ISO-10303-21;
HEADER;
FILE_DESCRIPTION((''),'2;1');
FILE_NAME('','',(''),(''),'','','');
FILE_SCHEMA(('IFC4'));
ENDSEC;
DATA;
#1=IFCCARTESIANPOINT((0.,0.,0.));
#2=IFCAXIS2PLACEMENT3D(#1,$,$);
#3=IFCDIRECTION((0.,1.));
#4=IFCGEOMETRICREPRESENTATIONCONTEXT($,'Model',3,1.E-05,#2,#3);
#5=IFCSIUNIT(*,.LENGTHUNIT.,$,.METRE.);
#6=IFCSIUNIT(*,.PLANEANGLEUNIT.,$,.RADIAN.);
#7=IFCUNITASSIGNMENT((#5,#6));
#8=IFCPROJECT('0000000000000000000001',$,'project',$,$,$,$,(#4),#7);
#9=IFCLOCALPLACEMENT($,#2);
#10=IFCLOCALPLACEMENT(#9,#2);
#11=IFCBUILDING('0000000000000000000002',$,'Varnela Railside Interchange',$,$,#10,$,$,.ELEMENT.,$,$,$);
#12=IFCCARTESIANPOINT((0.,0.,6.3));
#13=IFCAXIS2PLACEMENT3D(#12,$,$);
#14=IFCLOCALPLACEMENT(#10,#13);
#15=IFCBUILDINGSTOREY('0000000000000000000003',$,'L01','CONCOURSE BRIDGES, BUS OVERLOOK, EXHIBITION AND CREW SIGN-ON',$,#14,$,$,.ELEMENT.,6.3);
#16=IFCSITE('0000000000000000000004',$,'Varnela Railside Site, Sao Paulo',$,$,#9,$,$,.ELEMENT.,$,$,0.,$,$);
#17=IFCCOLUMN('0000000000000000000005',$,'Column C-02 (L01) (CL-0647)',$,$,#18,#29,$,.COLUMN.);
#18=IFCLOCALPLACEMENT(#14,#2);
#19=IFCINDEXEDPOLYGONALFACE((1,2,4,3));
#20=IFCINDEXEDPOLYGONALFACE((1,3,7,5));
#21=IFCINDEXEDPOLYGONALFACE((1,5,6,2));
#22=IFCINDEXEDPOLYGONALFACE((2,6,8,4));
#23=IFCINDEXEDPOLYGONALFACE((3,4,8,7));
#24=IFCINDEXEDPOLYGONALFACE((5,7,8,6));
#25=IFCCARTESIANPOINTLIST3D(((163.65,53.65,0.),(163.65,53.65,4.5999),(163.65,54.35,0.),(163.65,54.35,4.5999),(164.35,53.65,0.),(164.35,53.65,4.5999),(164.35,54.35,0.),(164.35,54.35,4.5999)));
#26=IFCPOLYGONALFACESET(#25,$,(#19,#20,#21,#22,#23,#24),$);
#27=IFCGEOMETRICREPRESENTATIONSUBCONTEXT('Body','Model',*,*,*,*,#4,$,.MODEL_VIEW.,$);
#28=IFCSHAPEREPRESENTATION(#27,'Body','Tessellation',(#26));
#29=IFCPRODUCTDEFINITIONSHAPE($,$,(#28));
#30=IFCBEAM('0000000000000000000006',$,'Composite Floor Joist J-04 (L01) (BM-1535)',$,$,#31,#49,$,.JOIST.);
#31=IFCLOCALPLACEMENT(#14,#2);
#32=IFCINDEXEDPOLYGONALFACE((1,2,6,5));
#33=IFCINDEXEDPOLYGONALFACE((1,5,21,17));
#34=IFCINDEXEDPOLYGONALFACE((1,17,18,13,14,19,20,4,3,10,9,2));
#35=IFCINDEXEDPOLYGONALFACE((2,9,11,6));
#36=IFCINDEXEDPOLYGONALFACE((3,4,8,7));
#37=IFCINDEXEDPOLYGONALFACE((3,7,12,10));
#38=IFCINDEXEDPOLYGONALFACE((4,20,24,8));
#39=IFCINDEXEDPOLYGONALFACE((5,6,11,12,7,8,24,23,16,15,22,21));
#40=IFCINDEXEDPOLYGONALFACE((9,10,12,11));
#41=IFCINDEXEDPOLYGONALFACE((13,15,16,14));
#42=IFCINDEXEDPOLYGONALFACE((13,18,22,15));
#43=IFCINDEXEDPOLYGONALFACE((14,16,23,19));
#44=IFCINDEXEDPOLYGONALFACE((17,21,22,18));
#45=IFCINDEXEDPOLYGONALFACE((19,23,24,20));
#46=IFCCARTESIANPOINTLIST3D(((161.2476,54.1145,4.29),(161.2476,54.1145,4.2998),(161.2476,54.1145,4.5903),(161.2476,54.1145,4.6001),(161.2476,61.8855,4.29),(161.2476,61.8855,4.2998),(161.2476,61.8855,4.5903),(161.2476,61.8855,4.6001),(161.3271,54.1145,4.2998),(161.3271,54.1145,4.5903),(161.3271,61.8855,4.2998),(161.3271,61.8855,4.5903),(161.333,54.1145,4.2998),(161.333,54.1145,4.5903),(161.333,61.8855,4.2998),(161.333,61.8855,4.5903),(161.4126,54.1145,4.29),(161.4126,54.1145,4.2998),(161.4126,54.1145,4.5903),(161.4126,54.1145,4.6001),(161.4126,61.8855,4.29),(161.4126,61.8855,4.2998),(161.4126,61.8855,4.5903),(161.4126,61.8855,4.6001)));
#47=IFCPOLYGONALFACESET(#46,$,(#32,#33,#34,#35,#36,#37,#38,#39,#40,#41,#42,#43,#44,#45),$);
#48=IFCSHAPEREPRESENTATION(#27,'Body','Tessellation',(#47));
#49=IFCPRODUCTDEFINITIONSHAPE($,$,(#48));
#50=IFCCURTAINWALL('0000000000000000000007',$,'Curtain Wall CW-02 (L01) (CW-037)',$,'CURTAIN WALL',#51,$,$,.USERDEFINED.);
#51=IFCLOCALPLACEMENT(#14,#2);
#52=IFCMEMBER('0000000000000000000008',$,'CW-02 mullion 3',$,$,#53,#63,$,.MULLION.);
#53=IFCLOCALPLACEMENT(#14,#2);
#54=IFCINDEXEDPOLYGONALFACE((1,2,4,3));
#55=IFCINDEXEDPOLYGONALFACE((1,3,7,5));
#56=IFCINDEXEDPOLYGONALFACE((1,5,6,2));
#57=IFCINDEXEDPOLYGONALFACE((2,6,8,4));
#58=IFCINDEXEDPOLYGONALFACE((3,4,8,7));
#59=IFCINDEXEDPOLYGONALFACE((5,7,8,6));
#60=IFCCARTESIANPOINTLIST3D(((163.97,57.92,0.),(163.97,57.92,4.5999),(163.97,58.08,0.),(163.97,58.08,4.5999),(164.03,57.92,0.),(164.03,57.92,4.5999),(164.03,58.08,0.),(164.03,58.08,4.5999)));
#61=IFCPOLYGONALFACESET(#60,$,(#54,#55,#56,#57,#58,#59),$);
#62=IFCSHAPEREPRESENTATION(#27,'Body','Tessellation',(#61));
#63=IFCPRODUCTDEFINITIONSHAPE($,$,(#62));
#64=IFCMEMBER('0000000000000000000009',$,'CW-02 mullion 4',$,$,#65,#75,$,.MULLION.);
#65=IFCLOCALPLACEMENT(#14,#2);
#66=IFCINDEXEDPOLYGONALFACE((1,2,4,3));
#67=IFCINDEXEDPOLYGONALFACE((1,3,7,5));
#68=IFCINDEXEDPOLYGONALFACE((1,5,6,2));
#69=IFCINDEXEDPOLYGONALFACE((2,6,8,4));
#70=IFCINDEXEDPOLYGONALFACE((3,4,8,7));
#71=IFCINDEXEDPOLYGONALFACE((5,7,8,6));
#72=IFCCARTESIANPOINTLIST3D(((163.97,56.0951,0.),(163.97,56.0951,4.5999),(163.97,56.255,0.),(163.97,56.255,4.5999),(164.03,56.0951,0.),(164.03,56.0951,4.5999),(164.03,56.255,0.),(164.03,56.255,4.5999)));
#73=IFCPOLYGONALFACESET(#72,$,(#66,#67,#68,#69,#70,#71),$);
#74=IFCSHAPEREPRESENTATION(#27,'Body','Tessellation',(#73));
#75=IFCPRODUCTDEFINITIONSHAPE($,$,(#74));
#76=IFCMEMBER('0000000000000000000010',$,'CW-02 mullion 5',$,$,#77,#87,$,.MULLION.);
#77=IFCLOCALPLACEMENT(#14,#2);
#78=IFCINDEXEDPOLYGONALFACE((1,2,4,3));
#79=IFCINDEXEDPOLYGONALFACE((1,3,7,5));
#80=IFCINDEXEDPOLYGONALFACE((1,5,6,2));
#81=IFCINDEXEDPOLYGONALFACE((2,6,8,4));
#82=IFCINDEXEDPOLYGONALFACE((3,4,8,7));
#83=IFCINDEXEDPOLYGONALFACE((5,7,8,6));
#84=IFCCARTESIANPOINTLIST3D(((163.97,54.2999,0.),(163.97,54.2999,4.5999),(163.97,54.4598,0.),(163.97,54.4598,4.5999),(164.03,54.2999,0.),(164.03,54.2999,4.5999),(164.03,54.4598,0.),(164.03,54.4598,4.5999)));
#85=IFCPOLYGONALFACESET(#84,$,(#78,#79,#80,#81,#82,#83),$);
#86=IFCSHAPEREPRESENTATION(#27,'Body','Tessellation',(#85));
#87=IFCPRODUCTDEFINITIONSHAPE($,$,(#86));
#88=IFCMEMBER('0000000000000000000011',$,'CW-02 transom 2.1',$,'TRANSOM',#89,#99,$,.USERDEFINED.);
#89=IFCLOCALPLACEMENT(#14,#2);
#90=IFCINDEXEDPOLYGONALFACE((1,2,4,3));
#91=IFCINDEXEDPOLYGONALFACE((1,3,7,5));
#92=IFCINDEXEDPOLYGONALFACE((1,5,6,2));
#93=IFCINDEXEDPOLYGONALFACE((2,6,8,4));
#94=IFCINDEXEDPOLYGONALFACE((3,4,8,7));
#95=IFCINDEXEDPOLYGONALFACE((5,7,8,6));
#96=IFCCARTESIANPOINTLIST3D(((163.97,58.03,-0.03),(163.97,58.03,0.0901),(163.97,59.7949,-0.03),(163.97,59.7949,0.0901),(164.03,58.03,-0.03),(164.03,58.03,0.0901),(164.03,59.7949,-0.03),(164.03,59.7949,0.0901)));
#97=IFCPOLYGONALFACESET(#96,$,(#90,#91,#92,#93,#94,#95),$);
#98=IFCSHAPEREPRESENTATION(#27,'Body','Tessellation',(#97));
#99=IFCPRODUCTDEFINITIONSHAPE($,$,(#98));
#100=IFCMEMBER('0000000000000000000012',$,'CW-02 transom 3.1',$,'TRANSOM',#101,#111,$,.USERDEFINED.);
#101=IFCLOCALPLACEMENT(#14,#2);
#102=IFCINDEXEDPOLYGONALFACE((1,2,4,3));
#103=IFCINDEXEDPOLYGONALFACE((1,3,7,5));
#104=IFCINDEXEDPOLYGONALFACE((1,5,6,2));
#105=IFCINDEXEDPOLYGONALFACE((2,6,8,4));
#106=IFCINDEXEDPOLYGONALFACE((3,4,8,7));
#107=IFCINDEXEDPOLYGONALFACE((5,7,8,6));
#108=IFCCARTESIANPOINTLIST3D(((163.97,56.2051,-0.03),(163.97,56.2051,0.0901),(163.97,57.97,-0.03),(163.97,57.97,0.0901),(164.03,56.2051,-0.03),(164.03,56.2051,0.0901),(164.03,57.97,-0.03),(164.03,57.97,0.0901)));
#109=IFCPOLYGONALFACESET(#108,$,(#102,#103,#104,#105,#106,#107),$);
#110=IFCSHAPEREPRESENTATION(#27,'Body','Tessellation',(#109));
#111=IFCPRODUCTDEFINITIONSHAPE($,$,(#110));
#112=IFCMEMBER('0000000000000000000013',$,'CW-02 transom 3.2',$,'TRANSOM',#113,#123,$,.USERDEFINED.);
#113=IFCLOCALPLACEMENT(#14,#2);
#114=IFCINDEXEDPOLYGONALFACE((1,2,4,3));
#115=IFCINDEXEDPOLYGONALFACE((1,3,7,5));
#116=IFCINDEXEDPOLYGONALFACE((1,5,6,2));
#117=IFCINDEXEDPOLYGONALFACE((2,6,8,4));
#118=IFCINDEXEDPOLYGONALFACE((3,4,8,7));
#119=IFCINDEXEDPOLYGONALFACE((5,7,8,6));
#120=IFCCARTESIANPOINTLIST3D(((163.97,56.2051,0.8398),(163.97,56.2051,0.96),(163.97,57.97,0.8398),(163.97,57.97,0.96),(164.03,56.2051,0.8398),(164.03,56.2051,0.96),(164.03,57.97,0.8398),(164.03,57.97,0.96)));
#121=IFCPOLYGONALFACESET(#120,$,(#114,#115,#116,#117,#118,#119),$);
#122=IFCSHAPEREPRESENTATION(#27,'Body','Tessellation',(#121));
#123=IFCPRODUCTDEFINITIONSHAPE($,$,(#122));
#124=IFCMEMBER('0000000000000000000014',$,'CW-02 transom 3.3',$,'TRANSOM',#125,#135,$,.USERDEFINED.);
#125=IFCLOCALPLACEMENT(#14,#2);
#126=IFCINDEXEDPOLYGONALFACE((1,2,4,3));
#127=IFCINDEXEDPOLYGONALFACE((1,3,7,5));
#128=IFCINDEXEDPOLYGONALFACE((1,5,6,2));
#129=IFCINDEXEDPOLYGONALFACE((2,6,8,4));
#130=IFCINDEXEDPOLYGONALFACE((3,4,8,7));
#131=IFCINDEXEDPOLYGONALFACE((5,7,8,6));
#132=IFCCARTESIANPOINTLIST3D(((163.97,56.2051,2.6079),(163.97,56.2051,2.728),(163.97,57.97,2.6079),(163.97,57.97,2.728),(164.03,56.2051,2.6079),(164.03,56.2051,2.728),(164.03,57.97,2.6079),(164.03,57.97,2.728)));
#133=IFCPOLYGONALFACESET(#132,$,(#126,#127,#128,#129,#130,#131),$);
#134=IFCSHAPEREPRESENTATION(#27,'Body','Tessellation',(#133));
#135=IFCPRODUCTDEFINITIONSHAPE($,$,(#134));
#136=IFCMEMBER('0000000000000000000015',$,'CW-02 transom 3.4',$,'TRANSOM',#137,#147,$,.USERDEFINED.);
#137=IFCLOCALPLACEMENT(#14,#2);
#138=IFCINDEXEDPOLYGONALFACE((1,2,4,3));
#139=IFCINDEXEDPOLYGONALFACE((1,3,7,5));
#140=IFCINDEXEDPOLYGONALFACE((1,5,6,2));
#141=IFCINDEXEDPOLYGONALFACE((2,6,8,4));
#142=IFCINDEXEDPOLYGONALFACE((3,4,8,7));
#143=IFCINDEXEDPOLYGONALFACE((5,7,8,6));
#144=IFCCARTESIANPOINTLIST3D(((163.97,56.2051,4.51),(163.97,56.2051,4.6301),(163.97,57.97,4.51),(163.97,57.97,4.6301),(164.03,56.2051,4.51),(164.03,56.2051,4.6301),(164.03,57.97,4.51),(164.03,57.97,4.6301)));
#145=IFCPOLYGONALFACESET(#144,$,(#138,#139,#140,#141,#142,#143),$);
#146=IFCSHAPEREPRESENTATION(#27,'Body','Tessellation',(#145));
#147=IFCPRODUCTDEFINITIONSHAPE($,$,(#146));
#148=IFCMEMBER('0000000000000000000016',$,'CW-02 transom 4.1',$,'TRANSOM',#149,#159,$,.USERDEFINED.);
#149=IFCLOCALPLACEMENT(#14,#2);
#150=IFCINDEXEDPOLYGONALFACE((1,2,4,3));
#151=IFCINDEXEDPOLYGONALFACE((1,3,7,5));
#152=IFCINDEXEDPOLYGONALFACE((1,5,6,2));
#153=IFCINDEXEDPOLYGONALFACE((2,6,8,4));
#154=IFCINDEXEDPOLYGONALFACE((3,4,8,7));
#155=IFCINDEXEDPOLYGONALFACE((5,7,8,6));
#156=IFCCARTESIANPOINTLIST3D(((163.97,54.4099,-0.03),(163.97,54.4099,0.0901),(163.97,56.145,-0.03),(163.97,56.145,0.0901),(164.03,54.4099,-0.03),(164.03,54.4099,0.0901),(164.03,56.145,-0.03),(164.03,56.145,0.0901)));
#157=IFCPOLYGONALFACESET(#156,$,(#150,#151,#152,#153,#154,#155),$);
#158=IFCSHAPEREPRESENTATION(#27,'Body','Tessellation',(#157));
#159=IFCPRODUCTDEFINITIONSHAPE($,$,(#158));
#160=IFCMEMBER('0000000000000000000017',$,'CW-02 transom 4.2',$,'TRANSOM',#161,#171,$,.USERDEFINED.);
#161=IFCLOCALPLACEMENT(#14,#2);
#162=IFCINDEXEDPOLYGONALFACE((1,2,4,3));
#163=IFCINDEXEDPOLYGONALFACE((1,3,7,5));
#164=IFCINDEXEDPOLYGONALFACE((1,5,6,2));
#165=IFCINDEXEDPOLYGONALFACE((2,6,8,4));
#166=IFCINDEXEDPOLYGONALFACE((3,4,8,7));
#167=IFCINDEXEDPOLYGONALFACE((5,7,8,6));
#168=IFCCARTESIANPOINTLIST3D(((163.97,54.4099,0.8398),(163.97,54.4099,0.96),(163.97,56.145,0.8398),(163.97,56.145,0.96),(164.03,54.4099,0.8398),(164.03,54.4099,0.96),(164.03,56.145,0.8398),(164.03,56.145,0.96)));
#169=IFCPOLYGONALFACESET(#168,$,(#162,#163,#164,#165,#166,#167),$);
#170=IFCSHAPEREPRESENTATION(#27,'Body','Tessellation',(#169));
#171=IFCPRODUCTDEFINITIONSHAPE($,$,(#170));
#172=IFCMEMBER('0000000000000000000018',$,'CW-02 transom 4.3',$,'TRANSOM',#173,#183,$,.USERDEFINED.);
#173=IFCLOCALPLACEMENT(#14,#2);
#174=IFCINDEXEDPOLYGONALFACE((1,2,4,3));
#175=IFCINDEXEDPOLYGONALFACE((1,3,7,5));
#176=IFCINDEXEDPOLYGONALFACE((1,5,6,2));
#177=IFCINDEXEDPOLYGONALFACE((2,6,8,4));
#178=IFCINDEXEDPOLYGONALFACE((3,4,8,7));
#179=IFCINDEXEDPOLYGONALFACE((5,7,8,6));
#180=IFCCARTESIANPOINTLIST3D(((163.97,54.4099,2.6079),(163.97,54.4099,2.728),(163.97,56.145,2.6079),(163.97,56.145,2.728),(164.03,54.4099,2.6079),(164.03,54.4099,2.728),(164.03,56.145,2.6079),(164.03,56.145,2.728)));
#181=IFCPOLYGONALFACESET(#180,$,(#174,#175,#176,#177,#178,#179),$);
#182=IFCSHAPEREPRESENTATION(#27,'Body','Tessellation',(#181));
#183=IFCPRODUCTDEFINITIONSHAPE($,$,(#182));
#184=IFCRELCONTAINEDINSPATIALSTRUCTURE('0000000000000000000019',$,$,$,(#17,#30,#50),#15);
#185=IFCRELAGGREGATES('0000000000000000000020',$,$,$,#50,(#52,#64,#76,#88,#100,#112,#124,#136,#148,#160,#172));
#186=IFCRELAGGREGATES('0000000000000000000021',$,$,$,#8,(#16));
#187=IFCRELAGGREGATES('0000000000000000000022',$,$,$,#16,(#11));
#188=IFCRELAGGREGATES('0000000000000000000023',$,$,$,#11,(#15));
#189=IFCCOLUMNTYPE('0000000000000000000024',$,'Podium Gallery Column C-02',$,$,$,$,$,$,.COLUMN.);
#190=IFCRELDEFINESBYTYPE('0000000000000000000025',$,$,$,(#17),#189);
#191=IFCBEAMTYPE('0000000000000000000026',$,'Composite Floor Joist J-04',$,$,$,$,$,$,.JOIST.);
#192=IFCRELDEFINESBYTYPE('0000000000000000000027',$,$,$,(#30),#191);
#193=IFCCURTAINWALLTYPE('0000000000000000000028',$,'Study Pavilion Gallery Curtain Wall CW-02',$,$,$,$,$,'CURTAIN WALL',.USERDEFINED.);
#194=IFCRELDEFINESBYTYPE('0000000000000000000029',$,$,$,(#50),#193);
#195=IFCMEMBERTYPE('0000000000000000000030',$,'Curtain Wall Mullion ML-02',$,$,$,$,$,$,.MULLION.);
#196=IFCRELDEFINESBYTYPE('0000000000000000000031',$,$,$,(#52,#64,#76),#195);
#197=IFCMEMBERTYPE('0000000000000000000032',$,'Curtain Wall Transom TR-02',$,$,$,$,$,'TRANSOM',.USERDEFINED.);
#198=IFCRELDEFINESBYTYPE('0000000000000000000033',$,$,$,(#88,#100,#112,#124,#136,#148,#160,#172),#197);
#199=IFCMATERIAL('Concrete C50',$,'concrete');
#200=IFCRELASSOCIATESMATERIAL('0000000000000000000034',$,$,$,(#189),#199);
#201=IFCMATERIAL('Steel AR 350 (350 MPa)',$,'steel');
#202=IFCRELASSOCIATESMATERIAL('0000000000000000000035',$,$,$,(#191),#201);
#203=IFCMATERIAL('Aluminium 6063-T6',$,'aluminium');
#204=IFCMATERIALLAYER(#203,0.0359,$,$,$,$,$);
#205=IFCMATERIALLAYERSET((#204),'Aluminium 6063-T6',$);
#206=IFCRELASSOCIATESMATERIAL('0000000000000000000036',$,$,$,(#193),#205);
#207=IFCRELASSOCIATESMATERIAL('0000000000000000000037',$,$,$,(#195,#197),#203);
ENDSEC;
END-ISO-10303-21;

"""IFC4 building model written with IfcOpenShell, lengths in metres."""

from ifc_helpers import new_model, si_unit, direction, frame, origin, origin_2d, place, context, subcontext, project, spatial, rectangle, i_section, extrude, material, layer, layer_set, material_profile, profile_set, type_object, element, aggregate, save


model = new_model("IFC4")

# Units and contexts
model_context = context("Model", 3, precision=1e-05, world=origin(), true_north=direction((0.0, 1.0)))
body_context = subcontext(model_context, "Body", "Model", "MODEL_VIEW")
ifc_project = project(units=[si_unit("LENGTHUNIT", "METRE"), si_unit("PLANEANGLEUNIT", "RADIAN")], contexts=[model_context])

# Site, building, storey
site_placement = place(None, origin())
site = spatial("IfcSite", under=ifc_project, at=site_placement, Name="Varnela Railside Site, Sao Paulo", CompositionType="ELEMENT", RefElevation=0.0)
building_placement = place(site_placement, origin())
building = spatial("IfcBuilding", under=site, at=building_placement, Name="Varnela Railside Interchange", CompositionType="ELEMENT")
storey_placement = place(building_placement, frame((0.0, 0.0, 6.3)))
storey = spatial("IfcBuildingStorey", under=building, at=storey_placement, Name="L01", Description="CONCOURSE BRIDGES, BUS OVERLOOK, EXHIBITION AND CREW SIGN-ON", CompositionType="ELEMENT", Elevation=6.3)

# Column
ifc_material_1 = material(Name="Concrete C50", Category="concrete")
ifc_material_profile_1 = material_profile(ifc_material_1, rectangle(XDim=0.7, YDim=0.7, at=origin_2d()), Name="RC 700x700")
ifc_profile_set_1 = profile_set([ifc_material_profile_1], Name="Concrete C50")
column_type = type_object("IfcColumnType", Name="Podium Gallery Column C-02", PredefinedType="COLUMN", material=ifc_profile_set_1)
column_placement = place(storey_placement, frame((164.0, 54.0, 0.0), z_axis=(0.0, 0.0, 1.0), x_axis=(1.0, 0.0, 0.0)))
element("IfcColumn", 1, at=column_placement, inside=storey, type_object=column_type, Name="Column C-02 (L01) (CL-0647)", PredefinedType="COLUMN", context=body_context, shape_type="SweptSolid", body=[
    extrude(rectangle(XDim=0.7, YDim=0.7, at=origin_2d()), origin(), (0.0, 0.0, 1.0), 4.5999),
])

# Beam
ifc_material_2 = material(Name="Steel AR 350 (350 MPa)", Category="steel")
ifc_material_profile_2 = material_profile(ifc_material_2, i_section(OverallWidth=0.165, OverallDepth=0.3101, WebThickness=0.0059, FlangeThickness=0.0098, at=origin_2d()), Name="W310x38.7")
ifc_profile_set_2 = profile_set([ifc_material_profile_2], Name="Steel AR 350 (350 MPa)")
beam_type_1 = type_object("IfcBeamType", Name="Composite Floor Joist J-04", PredefinedType="JOIST", material=ifc_profile_set_2)
beam_placement = place(storey_placement, frame((161.3301, 54.1145, 4.4451), z_axis=(0.0, 1.0, 0.0), x_axis=(-1.0, 0.0, 0.0)))
element("IfcBeam", 2, at=beam_placement, inside=storey, type_object=beam_type_1, Name="Composite Floor Joist J-04 (L01) (BM-1535)", PredefinedType="JOIST", context=body_context, shape_type="SweptSolid", body=[
    extrude(i_section(OverallWidth=0.165, OverallDepth=0.3101, WebThickness=0.0059, FlangeThickness=0.0098, at=origin_2d()), origin(), (0.0, 0.0, 1.0), 7.771),
])

# Curtain wall, members
ifc_material_3 = material(Name="Aluminium 6063-T6", Category="aluminium")
ifc_layer_1 = layer(ifc_material_3, 0.0359)
ifc_layer_set_1 = layer_set([ifc_layer_1], Name="Aluminium 6063-T6")
curtain_wall_type = type_object("IfcCurtainWallType", Name="Study Pavilion Gallery Curtain Wall CW-02", ElementType="CURTAIN WALL", PredefinedType="USERDEFINED", material=ifc_layer_set_1)
curtain_wall_placement = place(storey_placement, origin())
curtain_wall = element("IfcCurtainWall", 3, at=curtain_wall_placement, inside=storey, type_object=curtain_wall_type, Name="Curtain Wall CW-02 (L01) (CW-037)", ObjectType="CURTAIN WALL", PredefinedType="USERDEFINED")
ifc_material_profile_3 = material_profile(ifc_material_3, rectangle(XDim=0.0601, YDim=0.1599, at=origin_2d()), Name="ALU 60x160")
ifc_profile_set_3 = profile_set([ifc_material_profile_3], Name="Aluminium 6063-T6")
member_type_1 = type_object("IfcMemberType", Name="Curtain Wall Mullion ML-02", PredefinedType="MULLION", material=ifc_profile_set_3)
member_1_placement = place(storey_placement, frame((164.0, 58.0, 0.0), z_axis=(0.0, 0.0, 1.0), x_axis=(1.0, 0.0, 0.0)))
member_1 = element("IfcMember", 4, at=member_1_placement, type_object=member_type_1, Name="CW-02 mullion 3", PredefinedType="MULLION", context=body_context, shape_type="SweptSolid", body=[
    extrude(rectangle(XDim=0.0601, YDim=0.1599, at=origin_2d()), origin(), (0.0, 0.0, 1.0), 4.5999),
])
member_2_placement = place(storey_placement, frame((164.0, 56.175, 0.0), z_axis=(0.0, 0.0, 1.0), x_axis=(1.0, 0.0, 0.0)))
member_2 = element("IfcMember", 5, at=member_2_placement, type_object=member_type_1, Name="CW-02 mullion 4", PredefinedType="MULLION", context=body_context, shape_type="SweptSolid", body=[
    extrude(rectangle(XDim=0.0601, YDim=0.1599, at=origin_2d()), origin(), (0.0, 0.0, 1.0), 4.5999),
])
member_3_placement = place(storey_placement, frame((164.0, 54.3799, 0.0), z_axis=(0.0, 0.0, 1.0), x_axis=(1.0, 0.0, 0.0)))
member_3 = element("IfcMember", 6, at=member_3_placement, type_object=member_type_1, Name="CW-02 mullion 5", PredefinedType="MULLION", context=body_context, shape_type="SweptSolid", body=[
    extrude(rectangle(XDim=0.0601, YDim=0.1599, at=origin_2d()), origin(), (0.0, 0.0, 1.0), 4.5999),
])
ifc_material_profile_4 = material_profile(ifc_material_3, rectangle(XDim=0.0601, YDim=0.1201, at=origin_2d()), Name="ALU 60x120")
ifc_profile_set_4 = profile_set([ifc_material_profile_4], Name="Aluminium 6063-T6")
member_type_2 = type_object("IfcMemberType", Name="Curtain Wall Transom TR-02", ElementType="TRANSOM", PredefinedType="USERDEFINED", material=ifc_profile_set_4)
member_4_placement = place(storey_placement, frame((164.0, 59.7949, 0.03), z_axis=(0.0, -1.0, 0.0), x_axis=(1.0, 0.0, 0.0)))
member_4 = element("IfcMember", 7, at=member_4_placement, type_object=member_type_2, Name="CW-02 transom 2.1", ObjectType="TRANSOM", PredefinedType="USERDEFINED", context=body_context, shape_type="SweptSolid", body=[
    extrude(rectangle(XDim=0.0601, YDim=0.1201, at=origin_2d()), origin(), (0.0, 0.0, 1.0), 1.7649),
])
member_5_placement = place(storey_placement, frame((164.0, 57.97, 0.03), z_axis=(0.0, -1.0, 0.0), x_axis=(1.0, 0.0, 0.0)))
member_5 = element("IfcMember", 8, at=member_5_placement, type_object=member_type_2, Name="CW-02 transom 3.1", ObjectType="TRANSOM", PredefinedType="USERDEFINED", context=body_context, shape_type="SweptSolid", body=[
    extrude(rectangle(XDim=0.0601, YDim=0.1201, at=origin_2d()), origin(), (0.0, 0.0, 1.0), 1.7649),
])
member_6_placement = place(storey_placement, frame((164.0, 57.97, 0.8999), z_axis=(0.0, -1.0, 0.0), x_axis=(1.0, 0.0, 0.0)))
member_6 = element("IfcMember", 9, at=member_6_placement, type_object=member_type_2, Name="CW-02 transom 3.2", ObjectType="TRANSOM", PredefinedType="USERDEFINED", context=body_context, shape_type="SweptSolid", body=[
    extrude(rectangle(XDim=0.0601, YDim=0.1201, at=origin_2d()), origin(), (0.0, 0.0, 1.0), 1.7649),
])
member_7_placement = place(storey_placement, frame((164.0, 57.97, 2.668), z_axis=(0.0, -1.0, 0.0), x_axis=(1.0, 0.0, 0.0)))
member_7 = element("IfcMember", 10, at=member_7_placement, type_object=member_type_2, Name="CW-02 transom 3.3", ObjectType="TRANSOM", PredefinedType="USERDEFINED", context=body_context, shape_type="SweptSolid", body=[
    extrude(rectangle(XDim=0.0601, YDim=0.1201, at=origin_2d()), origin(), (0.0, 0.0, 1.0), 1.7649),
])
member_8_placement = place(storey_placement, frame((164.0, 57.97, 4.5701), z_axis=(0.0, -1.0, 0.0), x_axis=(1.0, 0.0, 0.0)))
member_8 = element("IfcMember", 11, at=member_8_placement, type_object=member_type_2, Name="CW-02 transom 3.4", ObjectType="TRANSOM", PredefinedType="USERDEFINED", context=body_context, shape_type="SweptSolid", body=[
    extrude(rectangle(XDim=0.0601, YDim=0.1201, at=origin_2d()), origin(), (0.0, 0.0, 1.0), 1.7649),
])
member_9_placement = place(storey_placement, frame((164.0, 56.145, 0.03), z_axis=(0.0, -1.0, 0.0), x_axis=(1.0, 0.0, 0.0)))
member_9 = element("IfcMember", 12, at=member_9_placement, type_object=member_type_2, Name="CW-02 transom 4.1", ObjectType="TRANSOM", PredefinedType="USERDEFINED", context=body_context, shape_type="SweptSolid", body=[
    extrude(rectangle(XDim=0.0601, YDim=0.1201, at=origin_2d()), origin(), (0.0, 0.0, 1.0), 1.7351),
])
member_10_placement = place(storey_placement, frame((164.0, 56.145, 0.8999), z_axis=(0.0, -1.0, 0.0), x_axis=(1.0, 0.0, 0.0)))
member_10 = element("IfcMember", 13, at=member_10_placement, type_object=member_type_2, Name="CW-02 transom 4.2", ObjectType="TRANSOM", PredefinedType="USERDEFINED", context=body_context, shape_type="SweptSolid", body=[
    extrude(rectangle(XDim=0.0601, YDim=0.1201, at=origin_2d()), origin(), (0.0, 0.0, 1.0), 1.7351),
])
member_11_placement = place(storey_placement, frame((164.0, 56.145, 2.668), z_axis=(0.0, -1.0, 0.0), x_axis=(1.0, 0.0, 0.0)))
member_11 = element("IfcMember", 14, at=member_11_placement, type_object=member_type_2, Name="CW-02 transom 4.3", ObjectType="TRANSOM", PredefinedType="USERDEFINED", context=body_context, shape_type="SweptSolid", body=[
    extrude(rectangle(XDim=0.0601, YDim=0.1201, at=origin_2d()), origin(), (0.0, 0.0, 1.0), 1.7351),
])

aggregate(curtain_wall, [member_1, member_2, member_3, member_4, member_5, member_6, member_7, member_8, member_9, member_10, member_11])

save(model, "model.ifc")
